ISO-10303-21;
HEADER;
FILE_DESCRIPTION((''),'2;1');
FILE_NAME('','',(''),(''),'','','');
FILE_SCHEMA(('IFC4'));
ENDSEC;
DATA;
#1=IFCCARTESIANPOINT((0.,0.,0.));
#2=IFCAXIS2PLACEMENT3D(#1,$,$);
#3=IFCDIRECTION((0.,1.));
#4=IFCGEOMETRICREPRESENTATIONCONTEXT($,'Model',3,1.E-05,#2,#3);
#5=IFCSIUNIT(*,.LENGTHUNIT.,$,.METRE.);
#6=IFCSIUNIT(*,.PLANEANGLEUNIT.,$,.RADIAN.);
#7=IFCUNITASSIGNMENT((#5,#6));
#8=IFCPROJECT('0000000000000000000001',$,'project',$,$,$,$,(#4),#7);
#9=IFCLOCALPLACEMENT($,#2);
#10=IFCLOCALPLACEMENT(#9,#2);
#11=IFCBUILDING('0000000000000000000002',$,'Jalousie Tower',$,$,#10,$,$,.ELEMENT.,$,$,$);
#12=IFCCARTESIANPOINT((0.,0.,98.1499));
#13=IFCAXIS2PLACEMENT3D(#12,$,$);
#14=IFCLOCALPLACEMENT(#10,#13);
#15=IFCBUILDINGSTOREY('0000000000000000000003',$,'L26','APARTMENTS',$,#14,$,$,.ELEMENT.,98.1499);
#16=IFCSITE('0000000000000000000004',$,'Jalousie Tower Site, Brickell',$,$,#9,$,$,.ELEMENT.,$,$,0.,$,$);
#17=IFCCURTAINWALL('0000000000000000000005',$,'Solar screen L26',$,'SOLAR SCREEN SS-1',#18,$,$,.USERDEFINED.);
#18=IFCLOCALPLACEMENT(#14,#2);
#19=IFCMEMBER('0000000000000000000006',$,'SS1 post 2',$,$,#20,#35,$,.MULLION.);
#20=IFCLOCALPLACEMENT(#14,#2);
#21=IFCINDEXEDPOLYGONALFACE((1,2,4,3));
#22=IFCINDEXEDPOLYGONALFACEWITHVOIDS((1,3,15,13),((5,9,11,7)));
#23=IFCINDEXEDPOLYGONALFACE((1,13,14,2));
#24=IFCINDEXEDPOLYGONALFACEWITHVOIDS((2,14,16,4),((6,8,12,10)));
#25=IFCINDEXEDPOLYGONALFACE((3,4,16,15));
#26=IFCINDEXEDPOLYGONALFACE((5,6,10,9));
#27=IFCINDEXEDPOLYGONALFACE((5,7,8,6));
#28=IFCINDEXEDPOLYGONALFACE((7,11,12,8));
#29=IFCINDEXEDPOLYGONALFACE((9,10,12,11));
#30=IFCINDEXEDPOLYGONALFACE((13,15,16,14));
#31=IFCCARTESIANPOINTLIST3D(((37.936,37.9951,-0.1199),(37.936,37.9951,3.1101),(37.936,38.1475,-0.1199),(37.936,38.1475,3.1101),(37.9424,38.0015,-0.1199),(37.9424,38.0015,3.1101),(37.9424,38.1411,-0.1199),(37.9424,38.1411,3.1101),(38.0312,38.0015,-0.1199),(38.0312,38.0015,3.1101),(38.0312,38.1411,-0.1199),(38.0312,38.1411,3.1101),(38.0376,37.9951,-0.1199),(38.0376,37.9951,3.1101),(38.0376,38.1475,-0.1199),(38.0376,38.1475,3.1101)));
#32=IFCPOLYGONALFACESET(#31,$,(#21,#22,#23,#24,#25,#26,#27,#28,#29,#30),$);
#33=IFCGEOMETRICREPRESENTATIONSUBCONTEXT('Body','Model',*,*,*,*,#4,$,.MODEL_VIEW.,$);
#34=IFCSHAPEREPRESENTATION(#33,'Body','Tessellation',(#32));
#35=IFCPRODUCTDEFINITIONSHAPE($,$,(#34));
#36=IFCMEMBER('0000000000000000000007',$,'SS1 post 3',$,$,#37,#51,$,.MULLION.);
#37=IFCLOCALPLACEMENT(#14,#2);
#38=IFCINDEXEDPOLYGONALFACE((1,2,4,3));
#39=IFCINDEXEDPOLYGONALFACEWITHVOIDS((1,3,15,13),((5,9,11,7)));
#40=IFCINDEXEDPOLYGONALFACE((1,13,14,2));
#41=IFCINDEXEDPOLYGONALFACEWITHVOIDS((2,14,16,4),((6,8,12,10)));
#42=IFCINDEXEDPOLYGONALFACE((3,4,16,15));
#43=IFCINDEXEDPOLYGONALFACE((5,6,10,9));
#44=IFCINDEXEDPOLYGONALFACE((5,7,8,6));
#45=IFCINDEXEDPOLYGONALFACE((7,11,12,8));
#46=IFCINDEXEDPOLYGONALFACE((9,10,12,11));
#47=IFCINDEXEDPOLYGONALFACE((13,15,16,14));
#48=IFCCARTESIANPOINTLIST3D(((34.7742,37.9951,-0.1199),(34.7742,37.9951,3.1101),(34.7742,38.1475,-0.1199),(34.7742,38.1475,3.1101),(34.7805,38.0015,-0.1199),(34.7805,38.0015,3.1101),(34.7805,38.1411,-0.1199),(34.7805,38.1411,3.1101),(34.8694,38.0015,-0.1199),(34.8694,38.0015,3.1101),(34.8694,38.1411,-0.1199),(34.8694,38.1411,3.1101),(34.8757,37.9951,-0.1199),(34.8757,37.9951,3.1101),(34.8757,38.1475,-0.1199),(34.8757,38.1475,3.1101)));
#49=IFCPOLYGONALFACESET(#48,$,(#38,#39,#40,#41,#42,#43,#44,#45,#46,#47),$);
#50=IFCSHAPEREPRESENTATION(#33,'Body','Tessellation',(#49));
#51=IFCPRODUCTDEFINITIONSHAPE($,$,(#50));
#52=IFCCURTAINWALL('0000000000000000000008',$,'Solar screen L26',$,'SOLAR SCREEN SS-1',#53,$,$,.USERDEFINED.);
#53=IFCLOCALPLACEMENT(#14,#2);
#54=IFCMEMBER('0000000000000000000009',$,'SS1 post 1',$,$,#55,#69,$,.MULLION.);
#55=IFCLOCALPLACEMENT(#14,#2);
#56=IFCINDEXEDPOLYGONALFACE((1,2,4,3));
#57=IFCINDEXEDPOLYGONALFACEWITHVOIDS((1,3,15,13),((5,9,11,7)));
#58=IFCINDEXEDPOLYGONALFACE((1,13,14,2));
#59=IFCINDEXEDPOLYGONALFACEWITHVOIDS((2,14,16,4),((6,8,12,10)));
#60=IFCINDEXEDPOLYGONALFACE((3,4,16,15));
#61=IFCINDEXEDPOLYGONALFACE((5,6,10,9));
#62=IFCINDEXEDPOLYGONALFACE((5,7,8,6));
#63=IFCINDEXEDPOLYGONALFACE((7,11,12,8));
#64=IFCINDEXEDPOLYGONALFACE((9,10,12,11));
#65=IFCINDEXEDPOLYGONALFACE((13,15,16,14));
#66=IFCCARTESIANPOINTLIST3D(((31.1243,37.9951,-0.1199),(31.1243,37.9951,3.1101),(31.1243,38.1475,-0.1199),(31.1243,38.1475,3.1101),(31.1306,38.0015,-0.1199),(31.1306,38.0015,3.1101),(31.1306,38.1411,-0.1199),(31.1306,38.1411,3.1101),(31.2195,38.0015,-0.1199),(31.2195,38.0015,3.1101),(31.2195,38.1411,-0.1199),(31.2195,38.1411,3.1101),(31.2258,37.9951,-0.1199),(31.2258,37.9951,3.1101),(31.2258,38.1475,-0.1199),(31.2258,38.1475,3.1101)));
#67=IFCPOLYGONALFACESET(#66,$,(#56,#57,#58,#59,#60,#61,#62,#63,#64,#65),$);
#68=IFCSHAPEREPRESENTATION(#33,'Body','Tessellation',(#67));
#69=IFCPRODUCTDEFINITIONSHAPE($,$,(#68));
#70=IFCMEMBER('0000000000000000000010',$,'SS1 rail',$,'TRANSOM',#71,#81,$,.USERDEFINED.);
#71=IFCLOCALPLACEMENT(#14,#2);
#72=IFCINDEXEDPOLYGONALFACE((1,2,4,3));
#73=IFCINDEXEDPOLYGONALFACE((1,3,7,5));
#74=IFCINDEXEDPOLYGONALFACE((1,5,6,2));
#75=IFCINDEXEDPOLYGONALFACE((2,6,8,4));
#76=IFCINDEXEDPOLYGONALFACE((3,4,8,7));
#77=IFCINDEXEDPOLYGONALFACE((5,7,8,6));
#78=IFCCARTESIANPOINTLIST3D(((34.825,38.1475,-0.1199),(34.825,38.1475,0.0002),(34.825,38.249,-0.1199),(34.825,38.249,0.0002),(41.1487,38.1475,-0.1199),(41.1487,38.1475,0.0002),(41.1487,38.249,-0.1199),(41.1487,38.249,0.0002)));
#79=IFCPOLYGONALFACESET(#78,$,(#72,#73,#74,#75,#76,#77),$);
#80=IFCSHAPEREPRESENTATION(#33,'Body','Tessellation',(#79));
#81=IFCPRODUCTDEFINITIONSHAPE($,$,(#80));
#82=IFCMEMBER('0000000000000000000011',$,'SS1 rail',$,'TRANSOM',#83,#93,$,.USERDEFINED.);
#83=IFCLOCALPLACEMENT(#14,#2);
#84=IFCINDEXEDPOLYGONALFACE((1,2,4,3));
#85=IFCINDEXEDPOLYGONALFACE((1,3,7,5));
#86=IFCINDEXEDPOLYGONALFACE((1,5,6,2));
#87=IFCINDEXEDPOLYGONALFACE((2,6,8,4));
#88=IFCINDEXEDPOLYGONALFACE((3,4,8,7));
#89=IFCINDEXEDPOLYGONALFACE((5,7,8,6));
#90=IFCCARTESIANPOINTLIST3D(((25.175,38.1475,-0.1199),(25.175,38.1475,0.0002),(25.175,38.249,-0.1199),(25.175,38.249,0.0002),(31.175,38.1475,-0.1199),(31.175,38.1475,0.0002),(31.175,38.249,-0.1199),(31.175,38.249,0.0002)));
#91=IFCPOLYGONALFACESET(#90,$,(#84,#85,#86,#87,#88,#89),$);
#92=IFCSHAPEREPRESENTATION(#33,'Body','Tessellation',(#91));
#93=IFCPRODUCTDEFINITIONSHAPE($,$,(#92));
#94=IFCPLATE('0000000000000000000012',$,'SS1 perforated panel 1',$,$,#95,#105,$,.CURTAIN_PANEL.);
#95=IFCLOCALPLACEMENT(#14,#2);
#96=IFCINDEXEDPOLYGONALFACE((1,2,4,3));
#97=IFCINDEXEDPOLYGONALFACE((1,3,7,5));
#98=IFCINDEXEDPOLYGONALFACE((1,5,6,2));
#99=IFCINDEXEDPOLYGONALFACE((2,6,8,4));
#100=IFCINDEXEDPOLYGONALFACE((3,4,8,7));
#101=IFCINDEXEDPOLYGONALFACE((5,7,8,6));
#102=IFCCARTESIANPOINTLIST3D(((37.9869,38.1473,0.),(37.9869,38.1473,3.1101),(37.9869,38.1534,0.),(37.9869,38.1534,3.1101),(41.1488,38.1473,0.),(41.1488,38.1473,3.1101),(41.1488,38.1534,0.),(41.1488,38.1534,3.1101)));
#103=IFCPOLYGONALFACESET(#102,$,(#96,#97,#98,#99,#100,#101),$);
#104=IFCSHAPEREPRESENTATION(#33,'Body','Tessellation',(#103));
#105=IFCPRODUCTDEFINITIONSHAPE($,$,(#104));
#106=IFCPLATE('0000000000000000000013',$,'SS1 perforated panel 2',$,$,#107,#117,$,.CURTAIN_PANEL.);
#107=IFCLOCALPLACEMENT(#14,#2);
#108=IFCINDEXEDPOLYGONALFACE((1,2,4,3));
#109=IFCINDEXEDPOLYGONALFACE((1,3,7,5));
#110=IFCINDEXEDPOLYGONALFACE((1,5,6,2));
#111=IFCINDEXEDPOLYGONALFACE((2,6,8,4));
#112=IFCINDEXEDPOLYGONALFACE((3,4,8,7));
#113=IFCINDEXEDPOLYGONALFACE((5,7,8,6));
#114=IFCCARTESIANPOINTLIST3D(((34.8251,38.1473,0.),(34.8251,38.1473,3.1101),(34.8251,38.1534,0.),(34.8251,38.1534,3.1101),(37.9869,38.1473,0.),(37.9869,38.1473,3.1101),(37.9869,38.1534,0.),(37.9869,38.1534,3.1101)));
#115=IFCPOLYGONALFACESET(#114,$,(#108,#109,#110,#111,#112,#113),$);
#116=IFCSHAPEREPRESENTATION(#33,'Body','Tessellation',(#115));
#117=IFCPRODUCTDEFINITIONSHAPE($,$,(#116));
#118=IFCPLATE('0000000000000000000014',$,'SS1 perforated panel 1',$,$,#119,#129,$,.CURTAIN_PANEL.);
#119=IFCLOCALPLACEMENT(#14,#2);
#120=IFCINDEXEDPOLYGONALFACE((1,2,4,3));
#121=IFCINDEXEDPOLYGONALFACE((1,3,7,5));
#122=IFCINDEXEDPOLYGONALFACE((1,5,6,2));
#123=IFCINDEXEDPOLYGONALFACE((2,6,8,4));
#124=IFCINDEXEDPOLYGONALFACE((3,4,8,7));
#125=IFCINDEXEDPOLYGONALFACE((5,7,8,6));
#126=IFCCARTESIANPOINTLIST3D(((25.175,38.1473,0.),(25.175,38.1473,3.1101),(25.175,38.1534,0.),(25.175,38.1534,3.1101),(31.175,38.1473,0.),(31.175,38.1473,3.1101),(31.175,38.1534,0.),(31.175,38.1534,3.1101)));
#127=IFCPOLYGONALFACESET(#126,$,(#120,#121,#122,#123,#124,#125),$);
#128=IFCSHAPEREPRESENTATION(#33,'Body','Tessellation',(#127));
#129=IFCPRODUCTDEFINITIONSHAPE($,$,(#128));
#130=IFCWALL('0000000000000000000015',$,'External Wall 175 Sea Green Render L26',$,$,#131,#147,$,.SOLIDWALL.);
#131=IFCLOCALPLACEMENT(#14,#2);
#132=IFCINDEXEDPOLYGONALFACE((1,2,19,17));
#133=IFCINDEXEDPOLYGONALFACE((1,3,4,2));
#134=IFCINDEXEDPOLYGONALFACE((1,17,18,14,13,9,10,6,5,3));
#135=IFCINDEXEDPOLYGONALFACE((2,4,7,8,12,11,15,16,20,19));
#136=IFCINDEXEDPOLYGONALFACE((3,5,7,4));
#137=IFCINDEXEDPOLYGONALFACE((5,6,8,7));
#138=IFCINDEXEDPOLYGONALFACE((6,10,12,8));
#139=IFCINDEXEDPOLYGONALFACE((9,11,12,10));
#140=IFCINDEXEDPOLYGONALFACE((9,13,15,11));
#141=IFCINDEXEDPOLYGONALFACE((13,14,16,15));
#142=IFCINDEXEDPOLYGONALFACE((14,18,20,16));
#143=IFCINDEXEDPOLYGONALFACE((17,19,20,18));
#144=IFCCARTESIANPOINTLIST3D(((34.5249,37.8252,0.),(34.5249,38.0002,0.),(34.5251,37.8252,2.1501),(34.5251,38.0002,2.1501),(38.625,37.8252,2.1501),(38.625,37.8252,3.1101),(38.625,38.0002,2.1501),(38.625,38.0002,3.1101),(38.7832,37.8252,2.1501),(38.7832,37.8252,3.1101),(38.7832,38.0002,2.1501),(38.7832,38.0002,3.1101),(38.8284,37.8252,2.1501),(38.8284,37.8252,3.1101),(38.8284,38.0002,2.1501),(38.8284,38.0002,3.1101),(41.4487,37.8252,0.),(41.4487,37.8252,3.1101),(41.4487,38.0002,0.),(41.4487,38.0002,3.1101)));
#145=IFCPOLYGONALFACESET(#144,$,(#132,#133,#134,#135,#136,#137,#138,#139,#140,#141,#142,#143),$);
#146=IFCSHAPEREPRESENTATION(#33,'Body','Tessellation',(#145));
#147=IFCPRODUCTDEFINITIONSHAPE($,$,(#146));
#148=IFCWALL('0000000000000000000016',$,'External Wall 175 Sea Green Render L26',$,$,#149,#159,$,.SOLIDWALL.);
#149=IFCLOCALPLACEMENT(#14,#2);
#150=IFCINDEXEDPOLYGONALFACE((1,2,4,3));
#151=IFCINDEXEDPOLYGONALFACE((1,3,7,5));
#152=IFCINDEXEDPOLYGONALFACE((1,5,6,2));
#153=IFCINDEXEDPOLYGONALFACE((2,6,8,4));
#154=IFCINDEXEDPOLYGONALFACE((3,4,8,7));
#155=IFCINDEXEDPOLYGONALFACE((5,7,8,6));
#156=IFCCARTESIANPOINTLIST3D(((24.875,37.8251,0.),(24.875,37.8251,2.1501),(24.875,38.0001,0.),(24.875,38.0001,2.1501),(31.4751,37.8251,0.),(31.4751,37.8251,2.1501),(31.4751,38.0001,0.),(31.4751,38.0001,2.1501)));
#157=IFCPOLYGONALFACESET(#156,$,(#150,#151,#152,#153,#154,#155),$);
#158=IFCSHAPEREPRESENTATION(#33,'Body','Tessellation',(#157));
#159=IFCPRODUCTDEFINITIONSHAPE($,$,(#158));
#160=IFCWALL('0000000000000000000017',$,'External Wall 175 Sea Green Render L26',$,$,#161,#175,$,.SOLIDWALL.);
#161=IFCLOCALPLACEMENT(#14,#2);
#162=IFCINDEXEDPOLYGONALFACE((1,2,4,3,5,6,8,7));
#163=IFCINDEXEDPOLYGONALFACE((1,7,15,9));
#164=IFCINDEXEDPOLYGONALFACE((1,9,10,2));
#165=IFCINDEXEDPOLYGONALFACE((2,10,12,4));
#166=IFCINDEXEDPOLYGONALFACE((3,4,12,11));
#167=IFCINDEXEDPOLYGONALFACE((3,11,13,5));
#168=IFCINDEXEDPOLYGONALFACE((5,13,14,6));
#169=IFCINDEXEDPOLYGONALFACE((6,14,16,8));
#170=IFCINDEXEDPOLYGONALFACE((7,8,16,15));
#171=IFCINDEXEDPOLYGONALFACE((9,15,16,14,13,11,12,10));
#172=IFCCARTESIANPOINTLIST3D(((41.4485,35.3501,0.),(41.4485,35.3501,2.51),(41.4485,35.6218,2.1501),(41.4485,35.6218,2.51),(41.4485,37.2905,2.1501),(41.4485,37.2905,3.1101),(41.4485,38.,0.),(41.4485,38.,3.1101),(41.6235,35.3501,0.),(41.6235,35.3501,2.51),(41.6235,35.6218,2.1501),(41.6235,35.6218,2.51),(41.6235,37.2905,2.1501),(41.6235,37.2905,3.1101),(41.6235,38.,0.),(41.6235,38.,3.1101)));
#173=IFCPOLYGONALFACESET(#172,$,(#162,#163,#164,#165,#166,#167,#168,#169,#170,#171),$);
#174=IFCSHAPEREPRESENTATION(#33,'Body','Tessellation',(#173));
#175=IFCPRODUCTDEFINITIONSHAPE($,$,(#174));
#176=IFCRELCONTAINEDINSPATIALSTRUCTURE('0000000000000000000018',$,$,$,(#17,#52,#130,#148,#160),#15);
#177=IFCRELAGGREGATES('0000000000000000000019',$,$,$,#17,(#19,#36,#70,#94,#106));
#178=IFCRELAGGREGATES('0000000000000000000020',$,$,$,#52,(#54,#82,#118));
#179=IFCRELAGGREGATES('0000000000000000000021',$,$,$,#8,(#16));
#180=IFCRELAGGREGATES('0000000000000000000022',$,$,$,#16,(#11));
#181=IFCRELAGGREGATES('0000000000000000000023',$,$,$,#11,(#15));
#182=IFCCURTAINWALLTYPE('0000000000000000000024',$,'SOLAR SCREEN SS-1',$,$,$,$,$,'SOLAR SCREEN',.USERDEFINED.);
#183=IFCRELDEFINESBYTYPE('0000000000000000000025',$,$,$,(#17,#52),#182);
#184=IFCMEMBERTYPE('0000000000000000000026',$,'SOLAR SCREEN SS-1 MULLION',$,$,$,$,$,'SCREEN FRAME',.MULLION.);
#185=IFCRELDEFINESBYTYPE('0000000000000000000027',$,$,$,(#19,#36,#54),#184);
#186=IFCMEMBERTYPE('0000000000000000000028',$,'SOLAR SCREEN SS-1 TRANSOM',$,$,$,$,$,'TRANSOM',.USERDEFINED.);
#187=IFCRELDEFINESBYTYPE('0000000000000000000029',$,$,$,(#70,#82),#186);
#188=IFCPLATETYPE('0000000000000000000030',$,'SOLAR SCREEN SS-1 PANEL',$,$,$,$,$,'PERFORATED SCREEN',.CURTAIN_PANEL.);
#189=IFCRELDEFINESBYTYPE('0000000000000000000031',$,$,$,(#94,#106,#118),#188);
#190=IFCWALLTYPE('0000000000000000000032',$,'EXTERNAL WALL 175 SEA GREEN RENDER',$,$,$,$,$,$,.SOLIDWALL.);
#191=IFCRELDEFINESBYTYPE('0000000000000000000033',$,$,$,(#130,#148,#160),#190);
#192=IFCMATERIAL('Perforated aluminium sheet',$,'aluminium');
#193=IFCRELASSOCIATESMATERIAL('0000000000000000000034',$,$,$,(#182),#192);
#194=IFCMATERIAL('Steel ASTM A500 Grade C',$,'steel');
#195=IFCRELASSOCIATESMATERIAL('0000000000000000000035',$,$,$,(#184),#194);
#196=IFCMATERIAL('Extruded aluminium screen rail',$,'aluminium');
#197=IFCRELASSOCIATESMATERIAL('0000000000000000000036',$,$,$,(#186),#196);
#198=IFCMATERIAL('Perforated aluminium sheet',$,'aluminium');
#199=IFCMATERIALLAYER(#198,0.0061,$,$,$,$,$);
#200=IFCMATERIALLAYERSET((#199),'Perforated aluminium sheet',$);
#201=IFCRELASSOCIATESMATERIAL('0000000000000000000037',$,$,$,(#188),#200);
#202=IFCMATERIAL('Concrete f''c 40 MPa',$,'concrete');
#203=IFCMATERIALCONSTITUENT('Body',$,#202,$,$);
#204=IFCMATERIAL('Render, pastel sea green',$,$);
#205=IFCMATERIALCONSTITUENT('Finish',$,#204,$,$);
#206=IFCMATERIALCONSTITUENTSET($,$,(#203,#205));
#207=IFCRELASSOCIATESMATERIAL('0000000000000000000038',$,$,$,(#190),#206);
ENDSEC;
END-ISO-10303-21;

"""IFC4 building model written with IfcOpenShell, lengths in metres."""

from ifc_helpers import new_model, si_unit, direction, frame, frame_2d, origin, origin_2d, place, context, subcontext, project, spatial, polyline, rectangle, hollow_rectangle, outline, extrude, material, layer, layer_set, constituent, constituent_set, material_profile, profile_set, type_object, element, aggregate, save


model = new_model("IFC4")

# Units and contexts
model_context = context("Model", 3, precision=1e-05, world=origin(), true_north=direction((0.0, 1.0)))
body_context = subcontext(model_context, "Body", "Model", "MODEL_VIEW")
ifc_project = project(units=[si_unit("LENGTHUNIT", "METRE"), si_unit("PLANEANGLEUNIT", "RADIAN")], contexts=[model_context])

# Site, building, storey
site_placement = place(None, origin())
site = spatial("IfcSite", under=ifc_project, at=site_placement, Name="Jalousie Tower Site, Brickell", CompositionType="ELEMENT", RefElevation=0.0)
building_placement = place(site_placement, origin())
building = spatial("IfcBuilding", under=site, at=building_placement, Name="Jalousie Tower", CompositionType="ELEMENT")
storey_placement = place(building_placement, frame((0.0, 0.0, 98.1499)))
storey = spatial("IfcBuildingStorey", under=building, at=storey_placement, Name="L26", Description="APARTMENTS", CompositionType="ELEMENT", Elevation=98.1499)

# Curtain wall, members
ifc_material_1 = material(Name="Perforated aluminium sheet", Category="aluminium")
curtain_wall_type = type_object("IfcCurtainWallType", Name="SOLAR SCREEN SS-1", ElementType="SOLAR SCREEN", PredefinedType="USERDEFINED", material=ifc_material_1)
curtain_wall_1_placement = place(storey_placement, origin())
curtain_wall_1 = element("IfcCurtainWall", 1, at=curtain_wall_1_placement, inside=storey, type_object=curtain_wall_type, Name="Solar screen L26", ObjectType="SOLAR SCREEN SS-1", PredefinedType="USERDEFINED")
ifc_material_2 = material(Name="Steel ASTM A500 Grade C", Category="steel")
ifc_material_profile_1 = material_profile(ifc_material_2, hollow_rectangle(XDim=0.1016, YDim=0.1523, WallThickness=0.0063, at=origin_2d()), Name="HSS6X4X1/4")
ifc_profile_set_1 = profile_set([ifc_material_profile_1], Name="Steel ASTM A500 Grade C")
member_type_1 = type_object("IfcMemberType", Name="SOLAR SCREEN SS-1 MULLION", ElementType="SCREEN FRAME", PredefinedType="MULLION", material=ifc_profile_set_1)
member_1_placement = place(storey_placement, frame((37.9868, 38.0713, -0.1199), z_axis=(0.0, 0.0, 1.0), x_axis=(-1.0, 0.0, 0.0)))
member_1 = element("IfcMember", 2, at=member_1_placement, type_object=member_type_1, Name="SS1 post 2", PredefinedType="MULLION", context=body_context, shape_type="SweptSolid", body=[
    extrude(hollow_rectangle(XDim=0.1016, YDim=0.1523, WallThickness=0.0063, at=origin_2d()), origin(), (0.0, 0.0, 1.0), 3.23),
])
member_2_placement = place(storey_placement, frame((34.825, 38.0713, -0.1199), z_axis=(0.0, 0.0, 1.0), x_axis=(-1.0, 0.0, 0.0)))
member_2 = element("IfcMember", 3, at=member_2_placement, type_object=member_type_1, Name="SS1 post 3", PredefinedType="MULLION", context=body_context, shape_type="SweptSolid", body=[
    extrude(hollow_rectangle(XDim=0.1016, YDim=0.1523, WallThickness=0.0063, at=origin_2d()), origin(), (0.0, 0.0, 1.0), 3.23),
])

# Curtain wall, member
curtain_wall_2_placement = place(storey_placement, origin())
curtain_wall_2 = element("IfcCurtainWall", 4, at=curtain_wall_2_placement, inside=storey, type_object=curtain_wall_type, Name="Solar screen L26", ObjectType="SOLAR SCREEN SS-1", PredefinedType="USERDEFINED")
member_3_placement = place(storey_placement, frame((31.175, 38.0713, -0.1199), z_axis=(0.0, 0.0, 1.0), x_axis=(-1.0, 0.0, 0.0)))
member_3 = element("IfcMember", 5, at=member_3_placement, type_object=member_type_1, Name="SS1 post 1", PredefinedType="MULLION", context=body_context, shape_type="SweptSolid", body=[
    extrude(hollow_rectangle(XDim=0.1016, YDim=0.1523, WallThickness=0.0063, at=origin_2d()), origin(), (0.0, 0.0, 1.0), 3.23),
])

# Members
ifc_material_3 = material(Name="Extruded aluminium screen rail", Category="aluminium")
ifc_material_profile_2 = material_profile(ifc_material_3, rectangle(XDim=0.1016, YDim=0.1201, at=origin_2d()), Name="RAIL 102x120")
ifc_profile_set_2 = profile_set([ifc_material_profile_2], Name="Extruded aluminium screen rail")
member_type_2 = type_object("IfcMemberType", Name="SOLAR SCREEN SS-1 TRANSOM", ElementType="TRANSOM", PredefinedType="USERDEFINED", material=ifc_profile_set_2)
member_4_placement = place(storey_placement, frame((41.1487, 38.1982, -0.0598), z_axis=(-1.0, 0.0, 0.0), x_axis=(0.0, -1.0, 0.0)))
member_4 = element("IfcMember", 6, at=member_4_placement, type_object=member_type_2, Name="SS1 rail", ObjectType="TRANSOM", PredefinedType="USERDEFINED", context=body_context, shape_type="SweptSolid", body=[
    extrude(rectangle(XDim=0.1016, YDim=0.1201, at=origin_2d()), origin(), (0.0, 0.0, 1.0), 6.3237),
])
member_5_placement = place(storey_placement, frame((31.175, 38.1982, -0.0598), z_axis=(-1.0, 0.0, 0.0), x_axis=(0.0, -1.0, 0.0)))
member_5 = element("IfcMember", 7, at=member_5_placement, type_object=member_type_2, Name="SS1 rail", ObjectType="TRANSOM", PredefinedType="USERDEFINED", context=body_context, shape_type="SweptSolid", body=[
    extrude(rectangle(XDim=0.1016, YDim=0.1201, at=origin_2d()), origin(), (0.0, 0.0, 1.0), 6.0),
])

# Plates
ifc_material_4 = material(Name="Perforated aluminium sheet", Category="aluminium")
ifc_layer_1 = layer(ifc_material_4, 0.0061)
ifc_layer_set_1 = layer_set([ifc_layer_1], Name="Perforated aluminium sheet")
plate_type = type_object("IfcPlateType", Name="SOLAR SCREEN SS-1 PANEL", ElementType="PERFORATED SCREEN", PredefinedType="CURTAIN_PANEL", material=ifc_layer_set_1)
plate_1_placement = place(storey_placement, frame((39.5679, 38.1504, 0.0), z_axis=(0.0, 0.0, 1.0), x_axis=(-1.0, 0.0, 0.0)))
plate_1 = element("IfcPlate", 8, at=plate_1_placement, type_object=plate_type, Name="SS1 perforated panel 1", PredefinedType="CURTAIN_PANEL", context=body_context, shape_type="SweptSolid", body=[
    extrude(rectangle(XDim=3.1619, YDim=0.0061, at=origin_2d()), origin(), (0.0, 0.0, 1.0), 3.1101),
])
plate_2_placement = place(storey_placement, frame((36.406, 38.1504, 0.0), z_axis=(0.0, 0.0, 1.0), x_axis=(-1.0, 0.0, 0.0)))
plate_2 = element("IfcPlate", 9, at=plate_2_placement, type_object=plate_type, Name="SS1 perforated panel 2", PredefinedType="CURTAIN_PANEL", context=body_context, shape_type="SweptSolid", body=[
    extrude(rectangle(XDim=3.1619, YDim=0.0061, at=origin_2d()), origin(), (0.0, 0.0, 1.0), 3.1101),
])
aggregate(curtain_wall_1, [member_1, member_2, member_4, plate_1, plate_2])
plate_3_placement = place(storey_placement, frame((28.175, 38.1504, 0.0), z_axis=(0.0, 0.0, 1.0), x_axis=(-1.0, 0.0, 0.0)))
plate_3 = element("IfcPlate", 10, at=plate_3_placement, type_object=plate_type, Name="SS1 perforated panel 1", PredefinedType="CURTAIN_PANEL", context=body_context, shape_type="SweptSolid", body=[
    extrude(rectangle(XDim=6.0, YDim=0.0061, at=origin_2d()), origin(), (0.0, 0.0, 1.0), 3.1101),
])
aggregate(curtain_wall_2, [member_3, member_5, plate_3])

# Walls
ifc_material_5 = material(Name="Concrete f'c 40 MPa", Category="concrete")
ifc_constituent_1 = constituent(ifc_material_5, Name="Body")
ifc_material_6 = material(Name="Render, pastel sea green")
ifc_constituent_2 = constituent(ifc_material_6, Name="Finish")
ifc_constituent_set_1 = constituent_set(constituents=[ifc_constituent_1, ifc_constituent_2])
wall_type_1 = type_object("IfcWallType", Name="EXTERNAL WALL 175 SEA GREEN RENDER", PredefinedType="SOLIDWALL", material=ifc_constituent_set_1)
wall_1_placement = place(storey_placement, frame((41.4487, 37.9126, 0.0), z_axis=(0.0, 0.0, 1.0), x_axis=(-1.0, 0.0, 0.0)))
element("IfcWall", 11, at=wall_1_placement, inside=storey, type_object=wall_type_1, Name="External Wall 175 Sea Green Render L26", PredefinedType="SOLIDWALL", context=body_context, shape_type="SweptSolid", body=[
    extrude(outline(polyline([(0.0, 0.0), (6.9238, 0.0), (6.9236, 2.1501), (2.8237, 2.1501), (2.8237, 3.1101), (2.6655, 3.1101), (2.6655, 2.1501), (2.6204, 2.1501), (2.6204, 3.1101), (0.0, 3.1101), (0.0, 0.0)])), frame((0.0, 0.0874, 0.0), z_axis=(0.0, -1.0, 0.0), x_axis=(1.0, 0.0, 0.0)), (0.0, 0.0, 1.0), 0.175),
])
wall_2_placement = place(storey_placement, frame((31.4751, 37.9126, 0.0), z_axis=(0.0, 0.0, 1.0), x_axis=(-1.0, 0.0, 0.0)))
element("IfcWall", 12, at=wall_2_placement, inside=storey, type_object=wall_type_1, Name="External Wall 175 Sea Green Render L26", PredefinedType="SOLIDWALL", context=body_context, shape_type="SweptSolid", body=[
    extrude(rectangle(XDim=6.6001, YDim=0.175, at=frame_2d((3.3, 0.0))), origin(), (0.0, 0.0, 1.0), 2.1501),
])
wall_3_placement = place(storey_placement, frame((41.5361, 38.0, 0.0), z_axis=(0.0, 0.0, 1.0), x_axis=(0.0, -1.0, 0.0)))
element("IfcWall", 13, at=wall_3_placement, inside=storey, type_object=wall_type_1, Name="External Wall 175 Sea Green Render L26", PredefinedType="SOLIDWALL", context=body_context, shape_type="SweptSolid", body=[
    extrude(outline(polyline([(0.0, 0.0), (2.6499, 0.0), (2.6499, 2.51), (2.3782, 2.51), (2.3782, 2.1501), (0.7095, 2.1501), (0.7095, 3.1101), (0.0, 3.1101), (0.0, 0.0)])), frame((0.0, 0.0874, 0.0), z_axis=(0.0, -1.0, 0.0), x_axis=(1.0, 0.0, 0.0)), (0.0, 0.0, 1.0), 0.175),
])

save(model, "model.ifc")
